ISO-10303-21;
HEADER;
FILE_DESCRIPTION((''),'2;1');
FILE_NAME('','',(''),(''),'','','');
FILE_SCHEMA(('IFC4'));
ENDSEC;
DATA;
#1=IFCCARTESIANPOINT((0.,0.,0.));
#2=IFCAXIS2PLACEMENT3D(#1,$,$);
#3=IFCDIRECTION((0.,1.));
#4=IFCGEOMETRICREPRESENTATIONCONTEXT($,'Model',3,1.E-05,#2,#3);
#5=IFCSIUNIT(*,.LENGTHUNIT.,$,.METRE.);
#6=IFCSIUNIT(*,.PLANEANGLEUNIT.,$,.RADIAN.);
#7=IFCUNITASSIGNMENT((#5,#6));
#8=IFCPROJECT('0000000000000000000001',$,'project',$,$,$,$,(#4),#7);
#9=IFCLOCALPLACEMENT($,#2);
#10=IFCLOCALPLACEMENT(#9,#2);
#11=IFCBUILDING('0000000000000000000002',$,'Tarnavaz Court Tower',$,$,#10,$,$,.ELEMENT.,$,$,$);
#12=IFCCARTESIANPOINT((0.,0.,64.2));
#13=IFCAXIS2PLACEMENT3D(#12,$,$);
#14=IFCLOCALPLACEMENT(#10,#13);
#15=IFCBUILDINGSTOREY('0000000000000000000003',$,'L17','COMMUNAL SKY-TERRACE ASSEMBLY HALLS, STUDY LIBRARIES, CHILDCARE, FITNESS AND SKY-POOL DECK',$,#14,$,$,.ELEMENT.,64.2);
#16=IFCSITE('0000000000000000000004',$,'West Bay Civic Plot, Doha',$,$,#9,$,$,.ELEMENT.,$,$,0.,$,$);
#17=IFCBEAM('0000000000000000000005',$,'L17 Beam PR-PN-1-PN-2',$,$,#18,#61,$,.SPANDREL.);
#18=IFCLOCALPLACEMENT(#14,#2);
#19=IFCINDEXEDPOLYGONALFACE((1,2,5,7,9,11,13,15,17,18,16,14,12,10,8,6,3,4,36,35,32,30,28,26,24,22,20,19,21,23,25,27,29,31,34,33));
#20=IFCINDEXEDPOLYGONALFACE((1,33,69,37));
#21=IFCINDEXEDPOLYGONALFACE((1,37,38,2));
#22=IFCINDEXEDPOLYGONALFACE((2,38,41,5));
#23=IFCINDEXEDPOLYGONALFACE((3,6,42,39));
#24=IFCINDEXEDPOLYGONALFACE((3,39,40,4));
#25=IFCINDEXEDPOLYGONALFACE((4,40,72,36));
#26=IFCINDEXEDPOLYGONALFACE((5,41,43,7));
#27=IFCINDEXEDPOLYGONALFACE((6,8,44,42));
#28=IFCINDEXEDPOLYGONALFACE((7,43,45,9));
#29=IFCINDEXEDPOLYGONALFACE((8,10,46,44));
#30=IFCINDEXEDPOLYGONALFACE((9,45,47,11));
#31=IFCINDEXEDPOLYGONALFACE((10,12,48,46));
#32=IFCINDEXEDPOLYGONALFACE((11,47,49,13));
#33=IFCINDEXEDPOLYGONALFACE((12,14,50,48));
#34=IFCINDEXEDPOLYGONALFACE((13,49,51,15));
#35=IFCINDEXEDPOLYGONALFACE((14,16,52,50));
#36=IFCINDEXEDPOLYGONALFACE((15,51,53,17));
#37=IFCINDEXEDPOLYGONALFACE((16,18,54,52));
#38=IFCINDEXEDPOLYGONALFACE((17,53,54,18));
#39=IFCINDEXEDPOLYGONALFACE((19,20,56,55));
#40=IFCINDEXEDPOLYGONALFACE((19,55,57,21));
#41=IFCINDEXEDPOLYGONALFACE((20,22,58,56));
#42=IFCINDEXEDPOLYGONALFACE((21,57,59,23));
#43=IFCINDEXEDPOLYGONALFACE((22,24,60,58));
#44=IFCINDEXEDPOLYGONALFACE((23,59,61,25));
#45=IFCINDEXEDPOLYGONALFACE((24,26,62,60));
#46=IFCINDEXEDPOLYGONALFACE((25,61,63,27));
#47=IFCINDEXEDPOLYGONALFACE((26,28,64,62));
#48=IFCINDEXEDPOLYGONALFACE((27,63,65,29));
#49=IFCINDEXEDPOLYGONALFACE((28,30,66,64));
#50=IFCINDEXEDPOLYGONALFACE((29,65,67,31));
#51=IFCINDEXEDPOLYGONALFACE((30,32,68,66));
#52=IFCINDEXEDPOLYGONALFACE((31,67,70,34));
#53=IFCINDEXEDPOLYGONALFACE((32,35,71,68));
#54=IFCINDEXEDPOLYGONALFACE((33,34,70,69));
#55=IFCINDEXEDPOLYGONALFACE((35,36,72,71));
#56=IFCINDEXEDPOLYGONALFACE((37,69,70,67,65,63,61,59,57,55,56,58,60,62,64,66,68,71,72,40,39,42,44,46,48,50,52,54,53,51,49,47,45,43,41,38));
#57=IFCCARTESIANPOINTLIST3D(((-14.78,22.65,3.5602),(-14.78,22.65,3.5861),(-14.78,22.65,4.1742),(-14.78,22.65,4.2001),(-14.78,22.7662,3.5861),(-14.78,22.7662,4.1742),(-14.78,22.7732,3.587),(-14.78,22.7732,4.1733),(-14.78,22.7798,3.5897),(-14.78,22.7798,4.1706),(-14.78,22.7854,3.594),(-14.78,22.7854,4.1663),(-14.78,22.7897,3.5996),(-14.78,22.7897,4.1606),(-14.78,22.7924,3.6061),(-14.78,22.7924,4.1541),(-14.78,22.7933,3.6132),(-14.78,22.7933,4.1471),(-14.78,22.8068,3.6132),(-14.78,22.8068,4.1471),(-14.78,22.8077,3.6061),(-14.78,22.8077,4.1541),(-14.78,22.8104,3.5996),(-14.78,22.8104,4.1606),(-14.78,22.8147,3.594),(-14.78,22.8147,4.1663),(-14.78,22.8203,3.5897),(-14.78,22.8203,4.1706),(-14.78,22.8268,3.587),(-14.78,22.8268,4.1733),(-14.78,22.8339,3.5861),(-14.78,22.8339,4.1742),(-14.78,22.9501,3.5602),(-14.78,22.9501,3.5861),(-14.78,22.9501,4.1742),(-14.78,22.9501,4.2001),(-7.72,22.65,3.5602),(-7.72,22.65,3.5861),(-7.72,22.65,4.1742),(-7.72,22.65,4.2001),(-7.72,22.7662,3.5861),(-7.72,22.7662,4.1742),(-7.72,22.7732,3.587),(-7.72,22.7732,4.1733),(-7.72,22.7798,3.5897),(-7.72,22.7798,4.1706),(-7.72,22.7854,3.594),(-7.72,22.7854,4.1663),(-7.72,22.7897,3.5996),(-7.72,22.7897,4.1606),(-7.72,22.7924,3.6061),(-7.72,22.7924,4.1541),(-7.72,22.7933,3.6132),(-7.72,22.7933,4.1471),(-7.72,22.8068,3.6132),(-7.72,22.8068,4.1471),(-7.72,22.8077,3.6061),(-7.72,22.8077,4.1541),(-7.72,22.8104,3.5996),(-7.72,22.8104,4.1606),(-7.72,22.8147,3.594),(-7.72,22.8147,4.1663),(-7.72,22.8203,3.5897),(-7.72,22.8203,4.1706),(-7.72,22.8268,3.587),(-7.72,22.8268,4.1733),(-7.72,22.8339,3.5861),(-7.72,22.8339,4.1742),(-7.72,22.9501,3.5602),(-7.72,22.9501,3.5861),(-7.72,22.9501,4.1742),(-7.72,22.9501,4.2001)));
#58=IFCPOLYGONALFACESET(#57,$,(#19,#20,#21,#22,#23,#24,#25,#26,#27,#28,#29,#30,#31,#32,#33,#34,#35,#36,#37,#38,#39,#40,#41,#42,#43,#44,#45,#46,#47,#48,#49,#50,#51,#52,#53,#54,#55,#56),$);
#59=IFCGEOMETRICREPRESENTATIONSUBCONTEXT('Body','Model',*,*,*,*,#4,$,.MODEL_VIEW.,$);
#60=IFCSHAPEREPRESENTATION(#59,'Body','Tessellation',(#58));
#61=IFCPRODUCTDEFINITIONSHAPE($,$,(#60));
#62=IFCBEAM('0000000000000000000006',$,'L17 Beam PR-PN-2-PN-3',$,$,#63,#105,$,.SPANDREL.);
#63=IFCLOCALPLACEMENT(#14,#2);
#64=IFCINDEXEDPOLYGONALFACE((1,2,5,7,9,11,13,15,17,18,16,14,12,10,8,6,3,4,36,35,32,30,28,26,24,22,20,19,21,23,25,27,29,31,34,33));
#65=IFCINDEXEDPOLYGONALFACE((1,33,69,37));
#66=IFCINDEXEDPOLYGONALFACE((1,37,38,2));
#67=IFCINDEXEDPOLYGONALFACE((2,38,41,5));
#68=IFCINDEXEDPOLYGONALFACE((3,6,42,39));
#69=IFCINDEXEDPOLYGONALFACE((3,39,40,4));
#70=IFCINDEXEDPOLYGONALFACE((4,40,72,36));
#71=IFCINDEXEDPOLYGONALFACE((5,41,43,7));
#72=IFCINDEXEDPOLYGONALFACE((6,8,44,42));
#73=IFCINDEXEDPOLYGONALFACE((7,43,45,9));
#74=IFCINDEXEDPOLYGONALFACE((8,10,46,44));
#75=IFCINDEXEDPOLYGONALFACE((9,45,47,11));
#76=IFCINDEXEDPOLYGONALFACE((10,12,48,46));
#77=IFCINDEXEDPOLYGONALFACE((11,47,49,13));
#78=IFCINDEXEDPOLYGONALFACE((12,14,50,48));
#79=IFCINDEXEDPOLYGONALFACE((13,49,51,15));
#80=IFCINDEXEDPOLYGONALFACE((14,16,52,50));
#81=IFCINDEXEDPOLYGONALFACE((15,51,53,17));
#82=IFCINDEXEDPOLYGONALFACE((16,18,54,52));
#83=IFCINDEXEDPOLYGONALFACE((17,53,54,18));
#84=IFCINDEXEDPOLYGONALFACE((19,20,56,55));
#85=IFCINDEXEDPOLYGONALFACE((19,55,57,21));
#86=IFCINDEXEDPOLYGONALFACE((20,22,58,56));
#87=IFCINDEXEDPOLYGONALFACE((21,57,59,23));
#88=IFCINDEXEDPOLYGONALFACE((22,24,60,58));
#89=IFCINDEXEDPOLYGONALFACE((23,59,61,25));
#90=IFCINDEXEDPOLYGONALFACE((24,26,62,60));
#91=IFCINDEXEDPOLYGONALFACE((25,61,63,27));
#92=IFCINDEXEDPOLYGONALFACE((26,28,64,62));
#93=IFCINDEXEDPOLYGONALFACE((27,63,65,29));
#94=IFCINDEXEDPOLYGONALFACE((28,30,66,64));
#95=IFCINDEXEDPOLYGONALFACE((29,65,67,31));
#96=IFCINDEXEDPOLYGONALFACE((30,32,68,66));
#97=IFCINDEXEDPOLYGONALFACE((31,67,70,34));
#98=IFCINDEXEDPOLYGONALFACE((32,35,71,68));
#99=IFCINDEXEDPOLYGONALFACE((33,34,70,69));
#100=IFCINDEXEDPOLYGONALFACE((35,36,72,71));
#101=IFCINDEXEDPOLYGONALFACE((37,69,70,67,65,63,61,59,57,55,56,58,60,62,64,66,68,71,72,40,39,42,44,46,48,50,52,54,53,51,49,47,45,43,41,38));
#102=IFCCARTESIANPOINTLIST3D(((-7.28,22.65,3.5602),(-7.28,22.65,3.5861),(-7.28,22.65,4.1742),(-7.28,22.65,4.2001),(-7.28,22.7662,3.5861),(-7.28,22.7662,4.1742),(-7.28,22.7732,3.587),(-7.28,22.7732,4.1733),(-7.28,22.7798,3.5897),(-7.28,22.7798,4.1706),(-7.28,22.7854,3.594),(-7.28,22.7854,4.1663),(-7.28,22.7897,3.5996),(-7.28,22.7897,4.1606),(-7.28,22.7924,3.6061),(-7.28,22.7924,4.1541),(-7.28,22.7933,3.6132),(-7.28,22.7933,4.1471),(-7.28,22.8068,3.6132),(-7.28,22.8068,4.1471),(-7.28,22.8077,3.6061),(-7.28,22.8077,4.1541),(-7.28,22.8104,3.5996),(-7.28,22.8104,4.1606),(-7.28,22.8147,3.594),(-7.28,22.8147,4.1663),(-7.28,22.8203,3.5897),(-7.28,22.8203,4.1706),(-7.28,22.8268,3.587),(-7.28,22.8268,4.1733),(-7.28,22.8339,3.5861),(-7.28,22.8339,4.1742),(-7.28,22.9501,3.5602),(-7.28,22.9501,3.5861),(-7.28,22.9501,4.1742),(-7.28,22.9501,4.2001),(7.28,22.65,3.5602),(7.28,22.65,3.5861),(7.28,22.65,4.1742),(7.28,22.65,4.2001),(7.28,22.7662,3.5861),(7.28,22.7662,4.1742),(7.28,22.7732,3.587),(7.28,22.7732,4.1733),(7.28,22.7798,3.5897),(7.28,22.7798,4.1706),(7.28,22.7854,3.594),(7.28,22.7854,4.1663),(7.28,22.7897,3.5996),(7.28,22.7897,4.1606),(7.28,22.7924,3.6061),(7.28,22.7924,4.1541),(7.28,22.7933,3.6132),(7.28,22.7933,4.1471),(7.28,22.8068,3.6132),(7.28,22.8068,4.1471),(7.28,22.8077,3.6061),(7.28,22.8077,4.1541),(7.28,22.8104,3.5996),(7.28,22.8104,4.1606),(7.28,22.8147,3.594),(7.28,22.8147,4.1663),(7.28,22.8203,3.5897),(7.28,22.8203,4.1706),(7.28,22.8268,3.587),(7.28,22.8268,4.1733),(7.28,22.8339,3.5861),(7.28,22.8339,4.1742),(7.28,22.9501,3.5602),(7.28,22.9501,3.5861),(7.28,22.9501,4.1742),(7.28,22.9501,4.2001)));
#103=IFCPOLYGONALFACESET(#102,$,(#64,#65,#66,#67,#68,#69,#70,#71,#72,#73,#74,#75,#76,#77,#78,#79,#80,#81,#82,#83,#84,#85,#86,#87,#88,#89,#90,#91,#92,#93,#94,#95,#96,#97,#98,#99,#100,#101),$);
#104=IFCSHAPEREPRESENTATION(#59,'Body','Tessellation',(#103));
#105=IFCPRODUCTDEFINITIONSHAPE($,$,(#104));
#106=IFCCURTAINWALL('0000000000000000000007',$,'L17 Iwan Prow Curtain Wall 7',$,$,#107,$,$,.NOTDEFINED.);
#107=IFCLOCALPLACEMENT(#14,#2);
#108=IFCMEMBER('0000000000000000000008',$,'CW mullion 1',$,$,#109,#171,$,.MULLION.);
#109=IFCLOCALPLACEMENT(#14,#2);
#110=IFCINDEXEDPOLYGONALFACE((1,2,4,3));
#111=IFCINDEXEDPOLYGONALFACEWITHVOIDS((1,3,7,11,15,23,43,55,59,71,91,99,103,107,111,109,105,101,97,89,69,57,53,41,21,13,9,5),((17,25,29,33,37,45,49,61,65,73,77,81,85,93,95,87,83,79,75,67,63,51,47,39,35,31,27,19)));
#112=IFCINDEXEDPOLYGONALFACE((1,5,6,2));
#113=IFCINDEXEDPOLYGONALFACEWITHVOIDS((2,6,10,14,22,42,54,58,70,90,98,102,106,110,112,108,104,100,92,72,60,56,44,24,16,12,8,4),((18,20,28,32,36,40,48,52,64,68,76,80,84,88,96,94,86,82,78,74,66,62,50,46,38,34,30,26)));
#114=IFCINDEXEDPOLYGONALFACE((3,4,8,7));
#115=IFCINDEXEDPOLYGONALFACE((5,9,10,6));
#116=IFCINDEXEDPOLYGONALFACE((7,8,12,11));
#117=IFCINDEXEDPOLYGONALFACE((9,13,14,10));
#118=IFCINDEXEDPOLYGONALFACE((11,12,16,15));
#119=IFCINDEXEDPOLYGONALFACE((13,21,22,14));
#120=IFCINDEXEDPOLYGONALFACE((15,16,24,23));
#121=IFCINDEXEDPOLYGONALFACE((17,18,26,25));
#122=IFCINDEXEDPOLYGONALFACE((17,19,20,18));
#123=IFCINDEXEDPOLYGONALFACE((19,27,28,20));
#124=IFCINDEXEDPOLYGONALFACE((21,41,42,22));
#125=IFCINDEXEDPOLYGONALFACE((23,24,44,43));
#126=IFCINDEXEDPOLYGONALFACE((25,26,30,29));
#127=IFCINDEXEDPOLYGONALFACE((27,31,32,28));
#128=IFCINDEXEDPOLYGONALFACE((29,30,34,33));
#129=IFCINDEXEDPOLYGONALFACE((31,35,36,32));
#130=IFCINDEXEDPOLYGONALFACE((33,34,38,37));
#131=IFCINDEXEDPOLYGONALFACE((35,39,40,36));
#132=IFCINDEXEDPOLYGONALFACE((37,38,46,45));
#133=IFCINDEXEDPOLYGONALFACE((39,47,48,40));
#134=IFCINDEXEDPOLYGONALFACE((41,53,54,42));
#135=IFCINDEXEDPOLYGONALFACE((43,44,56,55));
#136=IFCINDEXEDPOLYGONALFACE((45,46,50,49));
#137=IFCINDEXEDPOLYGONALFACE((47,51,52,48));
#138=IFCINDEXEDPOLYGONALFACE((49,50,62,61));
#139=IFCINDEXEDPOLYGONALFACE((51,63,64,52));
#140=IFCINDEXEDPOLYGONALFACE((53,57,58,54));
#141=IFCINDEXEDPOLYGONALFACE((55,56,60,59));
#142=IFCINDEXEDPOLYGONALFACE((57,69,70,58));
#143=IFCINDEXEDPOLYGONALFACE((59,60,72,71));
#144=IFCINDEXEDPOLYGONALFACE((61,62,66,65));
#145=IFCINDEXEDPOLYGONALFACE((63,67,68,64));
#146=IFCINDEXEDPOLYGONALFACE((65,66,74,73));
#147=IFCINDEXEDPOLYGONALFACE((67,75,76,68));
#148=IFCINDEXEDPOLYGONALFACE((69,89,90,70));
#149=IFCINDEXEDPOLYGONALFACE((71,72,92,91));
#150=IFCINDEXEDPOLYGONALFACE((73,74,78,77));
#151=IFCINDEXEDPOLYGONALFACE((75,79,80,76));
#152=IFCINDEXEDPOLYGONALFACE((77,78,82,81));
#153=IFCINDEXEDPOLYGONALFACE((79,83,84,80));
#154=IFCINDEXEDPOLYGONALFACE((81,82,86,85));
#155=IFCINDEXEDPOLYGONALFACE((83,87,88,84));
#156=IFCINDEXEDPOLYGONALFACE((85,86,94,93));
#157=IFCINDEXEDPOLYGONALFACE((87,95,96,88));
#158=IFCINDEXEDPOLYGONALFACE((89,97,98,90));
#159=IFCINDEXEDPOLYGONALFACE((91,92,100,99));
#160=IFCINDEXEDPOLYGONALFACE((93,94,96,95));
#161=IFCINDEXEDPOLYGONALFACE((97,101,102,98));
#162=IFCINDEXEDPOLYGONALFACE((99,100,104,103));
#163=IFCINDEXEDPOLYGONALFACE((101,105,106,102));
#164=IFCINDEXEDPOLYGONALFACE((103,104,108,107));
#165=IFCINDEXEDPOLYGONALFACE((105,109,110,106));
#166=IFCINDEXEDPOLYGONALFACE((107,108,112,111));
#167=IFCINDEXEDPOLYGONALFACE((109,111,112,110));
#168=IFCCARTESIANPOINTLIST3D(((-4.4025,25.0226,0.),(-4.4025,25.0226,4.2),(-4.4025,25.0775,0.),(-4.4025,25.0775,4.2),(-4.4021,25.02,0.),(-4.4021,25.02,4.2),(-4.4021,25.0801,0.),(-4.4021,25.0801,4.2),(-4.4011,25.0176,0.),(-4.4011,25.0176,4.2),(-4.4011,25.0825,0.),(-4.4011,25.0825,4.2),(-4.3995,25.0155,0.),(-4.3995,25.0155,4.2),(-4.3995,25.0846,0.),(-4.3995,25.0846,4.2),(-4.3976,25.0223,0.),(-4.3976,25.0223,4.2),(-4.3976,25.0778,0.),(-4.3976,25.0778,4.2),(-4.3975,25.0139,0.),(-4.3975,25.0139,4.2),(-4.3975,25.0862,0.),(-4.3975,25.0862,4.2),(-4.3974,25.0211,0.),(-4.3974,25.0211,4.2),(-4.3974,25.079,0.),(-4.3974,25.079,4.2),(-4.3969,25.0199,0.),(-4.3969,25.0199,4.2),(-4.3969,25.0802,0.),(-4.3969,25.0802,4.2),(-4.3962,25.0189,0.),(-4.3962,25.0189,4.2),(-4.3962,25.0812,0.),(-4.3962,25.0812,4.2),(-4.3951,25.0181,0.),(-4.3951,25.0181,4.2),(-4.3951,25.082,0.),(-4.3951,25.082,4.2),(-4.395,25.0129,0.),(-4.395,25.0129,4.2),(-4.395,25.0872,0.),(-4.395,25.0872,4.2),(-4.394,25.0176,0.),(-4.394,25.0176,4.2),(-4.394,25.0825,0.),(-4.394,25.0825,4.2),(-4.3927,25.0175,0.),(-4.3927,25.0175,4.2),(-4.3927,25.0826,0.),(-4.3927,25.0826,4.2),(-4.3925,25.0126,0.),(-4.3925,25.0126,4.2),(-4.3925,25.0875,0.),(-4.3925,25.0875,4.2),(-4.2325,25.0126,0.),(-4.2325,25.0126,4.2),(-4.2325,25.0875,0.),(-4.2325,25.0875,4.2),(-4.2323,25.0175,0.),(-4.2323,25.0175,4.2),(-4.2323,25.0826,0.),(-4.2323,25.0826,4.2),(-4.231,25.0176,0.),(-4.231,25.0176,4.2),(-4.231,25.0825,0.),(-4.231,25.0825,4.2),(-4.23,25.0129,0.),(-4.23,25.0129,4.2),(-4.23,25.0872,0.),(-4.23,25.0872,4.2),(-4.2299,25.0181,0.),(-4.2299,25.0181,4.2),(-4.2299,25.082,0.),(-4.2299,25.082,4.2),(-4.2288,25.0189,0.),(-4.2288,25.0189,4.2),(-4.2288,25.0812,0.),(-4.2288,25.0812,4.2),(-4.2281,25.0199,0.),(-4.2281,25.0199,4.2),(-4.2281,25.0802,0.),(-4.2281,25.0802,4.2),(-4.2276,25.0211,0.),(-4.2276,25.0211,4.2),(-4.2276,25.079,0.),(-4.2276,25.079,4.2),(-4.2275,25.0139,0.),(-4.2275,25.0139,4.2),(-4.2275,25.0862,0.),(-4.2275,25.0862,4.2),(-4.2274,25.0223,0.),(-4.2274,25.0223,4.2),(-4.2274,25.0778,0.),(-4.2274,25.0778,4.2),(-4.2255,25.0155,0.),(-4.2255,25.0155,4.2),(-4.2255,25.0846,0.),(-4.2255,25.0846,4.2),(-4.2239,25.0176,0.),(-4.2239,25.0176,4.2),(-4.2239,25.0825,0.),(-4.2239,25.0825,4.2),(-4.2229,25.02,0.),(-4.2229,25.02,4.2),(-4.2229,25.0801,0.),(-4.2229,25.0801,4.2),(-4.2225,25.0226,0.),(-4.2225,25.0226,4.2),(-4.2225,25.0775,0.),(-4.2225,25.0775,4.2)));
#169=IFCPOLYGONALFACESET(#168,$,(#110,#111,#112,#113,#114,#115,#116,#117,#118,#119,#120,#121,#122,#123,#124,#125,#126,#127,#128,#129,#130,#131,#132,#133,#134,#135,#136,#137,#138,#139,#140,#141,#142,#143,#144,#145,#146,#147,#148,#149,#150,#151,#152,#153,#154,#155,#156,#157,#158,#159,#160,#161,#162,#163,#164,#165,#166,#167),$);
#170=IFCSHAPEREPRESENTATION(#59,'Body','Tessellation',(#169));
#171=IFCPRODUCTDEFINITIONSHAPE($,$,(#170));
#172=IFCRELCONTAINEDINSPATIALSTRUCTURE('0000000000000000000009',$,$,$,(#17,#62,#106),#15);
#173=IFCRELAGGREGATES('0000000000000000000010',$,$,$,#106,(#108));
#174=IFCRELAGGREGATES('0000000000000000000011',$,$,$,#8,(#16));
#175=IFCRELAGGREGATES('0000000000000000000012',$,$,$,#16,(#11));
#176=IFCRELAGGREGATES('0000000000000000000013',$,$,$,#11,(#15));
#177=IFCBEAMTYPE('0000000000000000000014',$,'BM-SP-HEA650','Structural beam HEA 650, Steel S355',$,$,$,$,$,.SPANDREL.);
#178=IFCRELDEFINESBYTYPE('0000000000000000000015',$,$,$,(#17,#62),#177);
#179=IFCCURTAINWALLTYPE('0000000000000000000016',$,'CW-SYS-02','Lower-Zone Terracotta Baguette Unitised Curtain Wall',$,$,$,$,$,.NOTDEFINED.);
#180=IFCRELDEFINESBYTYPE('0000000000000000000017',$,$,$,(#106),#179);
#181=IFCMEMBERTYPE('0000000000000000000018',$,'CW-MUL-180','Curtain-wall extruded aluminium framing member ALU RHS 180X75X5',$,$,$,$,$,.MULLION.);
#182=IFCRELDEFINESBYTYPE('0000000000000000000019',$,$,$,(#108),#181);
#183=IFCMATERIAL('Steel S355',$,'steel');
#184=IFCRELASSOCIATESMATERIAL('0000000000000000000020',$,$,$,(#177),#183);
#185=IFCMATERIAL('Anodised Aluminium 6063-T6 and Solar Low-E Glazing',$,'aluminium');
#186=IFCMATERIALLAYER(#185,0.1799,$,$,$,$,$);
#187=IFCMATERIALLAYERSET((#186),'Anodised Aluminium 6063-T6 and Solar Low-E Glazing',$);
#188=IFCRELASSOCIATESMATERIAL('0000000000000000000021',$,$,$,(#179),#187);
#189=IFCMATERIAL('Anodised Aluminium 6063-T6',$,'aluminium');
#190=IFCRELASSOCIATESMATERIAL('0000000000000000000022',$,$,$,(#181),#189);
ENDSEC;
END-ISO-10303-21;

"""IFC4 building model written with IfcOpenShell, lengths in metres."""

from ifc_helpers import new_model, si_unit, direction, frame, origin, origin_2d, place, context, subcontext, project, spatial, hollow_rectangle, i_section, extrude, material, layer, layer_set, material_profile, profile_set, type_object, element, aggregate, save


model = new_model("IFC4")

# Units and contexts
model_context = context("Model", 3, precision=1e-05, world=origin(), true_north=direction((0.0, 1.0)))
body_context = subcontext(model_context, "Body", "Model", "MODEL_VIEW")
ifc_project = project(units=[si_unit("LENGTHUNIT", "METRE"), si_unit("PLANEANGLEUNIT", "RADIAN")], contexts=[model_context])

# Site, building, storey
site_placement = place(None, origin())
site = spatial("IfcSite", under=ifc_project, at=site_placement, Name="West Bay Civic Plot, Doha", CompositionType="ELEMENT", RefElevation=0.0)
building_placement = place(site_placement, origin())
building = spatial("IfcBuilding", under=site, at=building_placement, Name="Tarnavaz Court Tower", CompositionType="ELEMENT")
storey_placement = place(building_placement, frame((0.0, 0.0, 64.2)))
storey = spatial("IfcBuildingStorey", under=building, at=storey_placement, Name="L17", Description="COMMUNAL SKY-TERRACE ASSEMBLY HALLS, STUDY LIBRARIES, CHILDCARE, FITNESS AND SKY-POOL DECK", CompositionType="ELEMENT", Elevation=64.2)

# Beams
ifc_material_1 = material(Name="Steel S355", Category="steel")
ifc_material_profile_1 = material_profile(ifc_material_1, i_section(OverallWidth=0.3, OverallDepth=0.6399, WebThickness=0.0134, FlangeThickness=0.0259, FilletRadius=0.0271, at=origin_2d()), Name="HEA 650")
ifc_profile_set_1 = profile_set([ifc_material_profile_1], Name="Steel S355")
beam_type_1 = type_object("IfcBeamType", Name="BM-SP-HEA650", Description="Structural beam HEA 650, Steel S355", PredefinedType="SPANDREL", material=ifc_profile_set_1)
beam_1_placement = place(storey_placement, frame((-14.78, 22.8, 3.8801), z_axis=(1.0, 0.0, 0.0), x_axis=(0.0, 1.0, 0.0)))
element("IfcBeam", 1, at=beam_1_placement, inside=storey, type_object=beam_type_1, Name="L17 Beam PR-PN-1-PN-2", PredefinedType="SPANDREL", context=body_context, shape_type="SweptSolid", body=[
    extrude(i_section(OverallWidth=0.3, OverallDepth=0.6399, WebThickness=0.0134, FlangeThickness=0.0259, FilletRadius=0.0271, at=origin_2d()), origin(), (0.0, 0.0, 1.0), 7.0601),
])
beam_2_placement = place(storey_placement, frame((-7.28, 22.8, 3.8801), z_axis=(1.0, 0.0, 0.0), x_axis=(0.0, 1.0, 0.0)))
element("IfcBeam", 2, at=beam_2_placement, inside=storey, type_object=beam_type_1, Name="L17 Beam PR-PN-2-PN-3", PredefinedType="SPANDREL", context=body_context, shape_type="SweptSolid", body=[
    extrude(i_section(OverallWidth=0.3, OverallDepth=0.6399, WebThickness=0.0134, FlangeThickness=0.0259, FilletRadius=0.0271, at=origin_2d()), origin(), (0.0, 0.0, 1.0), 14.5601),
])

# Curtain wall, member
ifc_material_2 = material(Name="Anodised Aluminium 6063-T6 and Solar Low-E Glazing", Category="aluminium")
ifc_layer_1 = layer(ifc_material_2, 0.1799)
ifc_layer_set_1 = layer_set([ifc_layer_1], Name="Anodised Aluminium 6063-T6 and Solar Low-E Glazing")
curtain_wall_type = type_object("IfcCurtainWallType", Name="CW-SYS-02", Description="Lower-Zone Terracotta Baguette Unitised Curtain Wall", PredefinedType="NOTDEFINED", material=ifc_layer_set_1)
curtain_wall_placement = place(storey_placement, origin())
curtain_wall = element("IfcCurtainWall", 3, at=curtain_wall_placement, inside=storey, type_object=curtain_wall_type, Name="L17 Iwan Prow Curtain Wall 7", PredefinedType="NOTDEFINED")
ifc_material_3 = material(Name="Anodised Aluminium 6063-T6", Category="aluminium")
ifc_material_profile_2 = material_profile(ifc_material_3, hollow_rectangle(XDim=0.075, YDim=0.1799, WallThickness=0.0049, InnerFilletRadius=0.0049, OuterFilletRadius=0.01, at=origin_2d()), Name="ALU RHS 180X75X5")
ifc_profile_set_2 = profile_set([ifc_material_profile_2], Name="Anodised Aluminium 6063-T6")
member_type_1 = type_object("IfcMemberType", Name="CW-MUL-180", Description="Curtain-wall extruded aluminium framing member ALU RHS 180X75X5", PredefinedType="MULLION", material=ifc_profile_set_2)
member_1_placement = place(storey_placement, frame((-4.3125, 25.05, 0.0), z_axis=(0.0, 0.0, 1.0), x_axis=(0.0, 1.0, 0.0)))
member_1 = element("IfcMember", 4, at=member_1_placement, type_object=member_type_1, Name="CW mullion 1", PredefinedType="MULLION", context=body_context, shape_type="SweptSolid", body=[
    extrude(hollow_rectangle(XDim=0.075, YDim=0.1799, WallThickness=0.0049, InnerFilletRadius=0.0049, OuterFilletRadius=0.01, at=origin_2d()), origin(), (0.0, 0.0, 1.0), 4.2),
])
aggregate(curtain_wall, [member_1])

save(model, "model.ifc")
